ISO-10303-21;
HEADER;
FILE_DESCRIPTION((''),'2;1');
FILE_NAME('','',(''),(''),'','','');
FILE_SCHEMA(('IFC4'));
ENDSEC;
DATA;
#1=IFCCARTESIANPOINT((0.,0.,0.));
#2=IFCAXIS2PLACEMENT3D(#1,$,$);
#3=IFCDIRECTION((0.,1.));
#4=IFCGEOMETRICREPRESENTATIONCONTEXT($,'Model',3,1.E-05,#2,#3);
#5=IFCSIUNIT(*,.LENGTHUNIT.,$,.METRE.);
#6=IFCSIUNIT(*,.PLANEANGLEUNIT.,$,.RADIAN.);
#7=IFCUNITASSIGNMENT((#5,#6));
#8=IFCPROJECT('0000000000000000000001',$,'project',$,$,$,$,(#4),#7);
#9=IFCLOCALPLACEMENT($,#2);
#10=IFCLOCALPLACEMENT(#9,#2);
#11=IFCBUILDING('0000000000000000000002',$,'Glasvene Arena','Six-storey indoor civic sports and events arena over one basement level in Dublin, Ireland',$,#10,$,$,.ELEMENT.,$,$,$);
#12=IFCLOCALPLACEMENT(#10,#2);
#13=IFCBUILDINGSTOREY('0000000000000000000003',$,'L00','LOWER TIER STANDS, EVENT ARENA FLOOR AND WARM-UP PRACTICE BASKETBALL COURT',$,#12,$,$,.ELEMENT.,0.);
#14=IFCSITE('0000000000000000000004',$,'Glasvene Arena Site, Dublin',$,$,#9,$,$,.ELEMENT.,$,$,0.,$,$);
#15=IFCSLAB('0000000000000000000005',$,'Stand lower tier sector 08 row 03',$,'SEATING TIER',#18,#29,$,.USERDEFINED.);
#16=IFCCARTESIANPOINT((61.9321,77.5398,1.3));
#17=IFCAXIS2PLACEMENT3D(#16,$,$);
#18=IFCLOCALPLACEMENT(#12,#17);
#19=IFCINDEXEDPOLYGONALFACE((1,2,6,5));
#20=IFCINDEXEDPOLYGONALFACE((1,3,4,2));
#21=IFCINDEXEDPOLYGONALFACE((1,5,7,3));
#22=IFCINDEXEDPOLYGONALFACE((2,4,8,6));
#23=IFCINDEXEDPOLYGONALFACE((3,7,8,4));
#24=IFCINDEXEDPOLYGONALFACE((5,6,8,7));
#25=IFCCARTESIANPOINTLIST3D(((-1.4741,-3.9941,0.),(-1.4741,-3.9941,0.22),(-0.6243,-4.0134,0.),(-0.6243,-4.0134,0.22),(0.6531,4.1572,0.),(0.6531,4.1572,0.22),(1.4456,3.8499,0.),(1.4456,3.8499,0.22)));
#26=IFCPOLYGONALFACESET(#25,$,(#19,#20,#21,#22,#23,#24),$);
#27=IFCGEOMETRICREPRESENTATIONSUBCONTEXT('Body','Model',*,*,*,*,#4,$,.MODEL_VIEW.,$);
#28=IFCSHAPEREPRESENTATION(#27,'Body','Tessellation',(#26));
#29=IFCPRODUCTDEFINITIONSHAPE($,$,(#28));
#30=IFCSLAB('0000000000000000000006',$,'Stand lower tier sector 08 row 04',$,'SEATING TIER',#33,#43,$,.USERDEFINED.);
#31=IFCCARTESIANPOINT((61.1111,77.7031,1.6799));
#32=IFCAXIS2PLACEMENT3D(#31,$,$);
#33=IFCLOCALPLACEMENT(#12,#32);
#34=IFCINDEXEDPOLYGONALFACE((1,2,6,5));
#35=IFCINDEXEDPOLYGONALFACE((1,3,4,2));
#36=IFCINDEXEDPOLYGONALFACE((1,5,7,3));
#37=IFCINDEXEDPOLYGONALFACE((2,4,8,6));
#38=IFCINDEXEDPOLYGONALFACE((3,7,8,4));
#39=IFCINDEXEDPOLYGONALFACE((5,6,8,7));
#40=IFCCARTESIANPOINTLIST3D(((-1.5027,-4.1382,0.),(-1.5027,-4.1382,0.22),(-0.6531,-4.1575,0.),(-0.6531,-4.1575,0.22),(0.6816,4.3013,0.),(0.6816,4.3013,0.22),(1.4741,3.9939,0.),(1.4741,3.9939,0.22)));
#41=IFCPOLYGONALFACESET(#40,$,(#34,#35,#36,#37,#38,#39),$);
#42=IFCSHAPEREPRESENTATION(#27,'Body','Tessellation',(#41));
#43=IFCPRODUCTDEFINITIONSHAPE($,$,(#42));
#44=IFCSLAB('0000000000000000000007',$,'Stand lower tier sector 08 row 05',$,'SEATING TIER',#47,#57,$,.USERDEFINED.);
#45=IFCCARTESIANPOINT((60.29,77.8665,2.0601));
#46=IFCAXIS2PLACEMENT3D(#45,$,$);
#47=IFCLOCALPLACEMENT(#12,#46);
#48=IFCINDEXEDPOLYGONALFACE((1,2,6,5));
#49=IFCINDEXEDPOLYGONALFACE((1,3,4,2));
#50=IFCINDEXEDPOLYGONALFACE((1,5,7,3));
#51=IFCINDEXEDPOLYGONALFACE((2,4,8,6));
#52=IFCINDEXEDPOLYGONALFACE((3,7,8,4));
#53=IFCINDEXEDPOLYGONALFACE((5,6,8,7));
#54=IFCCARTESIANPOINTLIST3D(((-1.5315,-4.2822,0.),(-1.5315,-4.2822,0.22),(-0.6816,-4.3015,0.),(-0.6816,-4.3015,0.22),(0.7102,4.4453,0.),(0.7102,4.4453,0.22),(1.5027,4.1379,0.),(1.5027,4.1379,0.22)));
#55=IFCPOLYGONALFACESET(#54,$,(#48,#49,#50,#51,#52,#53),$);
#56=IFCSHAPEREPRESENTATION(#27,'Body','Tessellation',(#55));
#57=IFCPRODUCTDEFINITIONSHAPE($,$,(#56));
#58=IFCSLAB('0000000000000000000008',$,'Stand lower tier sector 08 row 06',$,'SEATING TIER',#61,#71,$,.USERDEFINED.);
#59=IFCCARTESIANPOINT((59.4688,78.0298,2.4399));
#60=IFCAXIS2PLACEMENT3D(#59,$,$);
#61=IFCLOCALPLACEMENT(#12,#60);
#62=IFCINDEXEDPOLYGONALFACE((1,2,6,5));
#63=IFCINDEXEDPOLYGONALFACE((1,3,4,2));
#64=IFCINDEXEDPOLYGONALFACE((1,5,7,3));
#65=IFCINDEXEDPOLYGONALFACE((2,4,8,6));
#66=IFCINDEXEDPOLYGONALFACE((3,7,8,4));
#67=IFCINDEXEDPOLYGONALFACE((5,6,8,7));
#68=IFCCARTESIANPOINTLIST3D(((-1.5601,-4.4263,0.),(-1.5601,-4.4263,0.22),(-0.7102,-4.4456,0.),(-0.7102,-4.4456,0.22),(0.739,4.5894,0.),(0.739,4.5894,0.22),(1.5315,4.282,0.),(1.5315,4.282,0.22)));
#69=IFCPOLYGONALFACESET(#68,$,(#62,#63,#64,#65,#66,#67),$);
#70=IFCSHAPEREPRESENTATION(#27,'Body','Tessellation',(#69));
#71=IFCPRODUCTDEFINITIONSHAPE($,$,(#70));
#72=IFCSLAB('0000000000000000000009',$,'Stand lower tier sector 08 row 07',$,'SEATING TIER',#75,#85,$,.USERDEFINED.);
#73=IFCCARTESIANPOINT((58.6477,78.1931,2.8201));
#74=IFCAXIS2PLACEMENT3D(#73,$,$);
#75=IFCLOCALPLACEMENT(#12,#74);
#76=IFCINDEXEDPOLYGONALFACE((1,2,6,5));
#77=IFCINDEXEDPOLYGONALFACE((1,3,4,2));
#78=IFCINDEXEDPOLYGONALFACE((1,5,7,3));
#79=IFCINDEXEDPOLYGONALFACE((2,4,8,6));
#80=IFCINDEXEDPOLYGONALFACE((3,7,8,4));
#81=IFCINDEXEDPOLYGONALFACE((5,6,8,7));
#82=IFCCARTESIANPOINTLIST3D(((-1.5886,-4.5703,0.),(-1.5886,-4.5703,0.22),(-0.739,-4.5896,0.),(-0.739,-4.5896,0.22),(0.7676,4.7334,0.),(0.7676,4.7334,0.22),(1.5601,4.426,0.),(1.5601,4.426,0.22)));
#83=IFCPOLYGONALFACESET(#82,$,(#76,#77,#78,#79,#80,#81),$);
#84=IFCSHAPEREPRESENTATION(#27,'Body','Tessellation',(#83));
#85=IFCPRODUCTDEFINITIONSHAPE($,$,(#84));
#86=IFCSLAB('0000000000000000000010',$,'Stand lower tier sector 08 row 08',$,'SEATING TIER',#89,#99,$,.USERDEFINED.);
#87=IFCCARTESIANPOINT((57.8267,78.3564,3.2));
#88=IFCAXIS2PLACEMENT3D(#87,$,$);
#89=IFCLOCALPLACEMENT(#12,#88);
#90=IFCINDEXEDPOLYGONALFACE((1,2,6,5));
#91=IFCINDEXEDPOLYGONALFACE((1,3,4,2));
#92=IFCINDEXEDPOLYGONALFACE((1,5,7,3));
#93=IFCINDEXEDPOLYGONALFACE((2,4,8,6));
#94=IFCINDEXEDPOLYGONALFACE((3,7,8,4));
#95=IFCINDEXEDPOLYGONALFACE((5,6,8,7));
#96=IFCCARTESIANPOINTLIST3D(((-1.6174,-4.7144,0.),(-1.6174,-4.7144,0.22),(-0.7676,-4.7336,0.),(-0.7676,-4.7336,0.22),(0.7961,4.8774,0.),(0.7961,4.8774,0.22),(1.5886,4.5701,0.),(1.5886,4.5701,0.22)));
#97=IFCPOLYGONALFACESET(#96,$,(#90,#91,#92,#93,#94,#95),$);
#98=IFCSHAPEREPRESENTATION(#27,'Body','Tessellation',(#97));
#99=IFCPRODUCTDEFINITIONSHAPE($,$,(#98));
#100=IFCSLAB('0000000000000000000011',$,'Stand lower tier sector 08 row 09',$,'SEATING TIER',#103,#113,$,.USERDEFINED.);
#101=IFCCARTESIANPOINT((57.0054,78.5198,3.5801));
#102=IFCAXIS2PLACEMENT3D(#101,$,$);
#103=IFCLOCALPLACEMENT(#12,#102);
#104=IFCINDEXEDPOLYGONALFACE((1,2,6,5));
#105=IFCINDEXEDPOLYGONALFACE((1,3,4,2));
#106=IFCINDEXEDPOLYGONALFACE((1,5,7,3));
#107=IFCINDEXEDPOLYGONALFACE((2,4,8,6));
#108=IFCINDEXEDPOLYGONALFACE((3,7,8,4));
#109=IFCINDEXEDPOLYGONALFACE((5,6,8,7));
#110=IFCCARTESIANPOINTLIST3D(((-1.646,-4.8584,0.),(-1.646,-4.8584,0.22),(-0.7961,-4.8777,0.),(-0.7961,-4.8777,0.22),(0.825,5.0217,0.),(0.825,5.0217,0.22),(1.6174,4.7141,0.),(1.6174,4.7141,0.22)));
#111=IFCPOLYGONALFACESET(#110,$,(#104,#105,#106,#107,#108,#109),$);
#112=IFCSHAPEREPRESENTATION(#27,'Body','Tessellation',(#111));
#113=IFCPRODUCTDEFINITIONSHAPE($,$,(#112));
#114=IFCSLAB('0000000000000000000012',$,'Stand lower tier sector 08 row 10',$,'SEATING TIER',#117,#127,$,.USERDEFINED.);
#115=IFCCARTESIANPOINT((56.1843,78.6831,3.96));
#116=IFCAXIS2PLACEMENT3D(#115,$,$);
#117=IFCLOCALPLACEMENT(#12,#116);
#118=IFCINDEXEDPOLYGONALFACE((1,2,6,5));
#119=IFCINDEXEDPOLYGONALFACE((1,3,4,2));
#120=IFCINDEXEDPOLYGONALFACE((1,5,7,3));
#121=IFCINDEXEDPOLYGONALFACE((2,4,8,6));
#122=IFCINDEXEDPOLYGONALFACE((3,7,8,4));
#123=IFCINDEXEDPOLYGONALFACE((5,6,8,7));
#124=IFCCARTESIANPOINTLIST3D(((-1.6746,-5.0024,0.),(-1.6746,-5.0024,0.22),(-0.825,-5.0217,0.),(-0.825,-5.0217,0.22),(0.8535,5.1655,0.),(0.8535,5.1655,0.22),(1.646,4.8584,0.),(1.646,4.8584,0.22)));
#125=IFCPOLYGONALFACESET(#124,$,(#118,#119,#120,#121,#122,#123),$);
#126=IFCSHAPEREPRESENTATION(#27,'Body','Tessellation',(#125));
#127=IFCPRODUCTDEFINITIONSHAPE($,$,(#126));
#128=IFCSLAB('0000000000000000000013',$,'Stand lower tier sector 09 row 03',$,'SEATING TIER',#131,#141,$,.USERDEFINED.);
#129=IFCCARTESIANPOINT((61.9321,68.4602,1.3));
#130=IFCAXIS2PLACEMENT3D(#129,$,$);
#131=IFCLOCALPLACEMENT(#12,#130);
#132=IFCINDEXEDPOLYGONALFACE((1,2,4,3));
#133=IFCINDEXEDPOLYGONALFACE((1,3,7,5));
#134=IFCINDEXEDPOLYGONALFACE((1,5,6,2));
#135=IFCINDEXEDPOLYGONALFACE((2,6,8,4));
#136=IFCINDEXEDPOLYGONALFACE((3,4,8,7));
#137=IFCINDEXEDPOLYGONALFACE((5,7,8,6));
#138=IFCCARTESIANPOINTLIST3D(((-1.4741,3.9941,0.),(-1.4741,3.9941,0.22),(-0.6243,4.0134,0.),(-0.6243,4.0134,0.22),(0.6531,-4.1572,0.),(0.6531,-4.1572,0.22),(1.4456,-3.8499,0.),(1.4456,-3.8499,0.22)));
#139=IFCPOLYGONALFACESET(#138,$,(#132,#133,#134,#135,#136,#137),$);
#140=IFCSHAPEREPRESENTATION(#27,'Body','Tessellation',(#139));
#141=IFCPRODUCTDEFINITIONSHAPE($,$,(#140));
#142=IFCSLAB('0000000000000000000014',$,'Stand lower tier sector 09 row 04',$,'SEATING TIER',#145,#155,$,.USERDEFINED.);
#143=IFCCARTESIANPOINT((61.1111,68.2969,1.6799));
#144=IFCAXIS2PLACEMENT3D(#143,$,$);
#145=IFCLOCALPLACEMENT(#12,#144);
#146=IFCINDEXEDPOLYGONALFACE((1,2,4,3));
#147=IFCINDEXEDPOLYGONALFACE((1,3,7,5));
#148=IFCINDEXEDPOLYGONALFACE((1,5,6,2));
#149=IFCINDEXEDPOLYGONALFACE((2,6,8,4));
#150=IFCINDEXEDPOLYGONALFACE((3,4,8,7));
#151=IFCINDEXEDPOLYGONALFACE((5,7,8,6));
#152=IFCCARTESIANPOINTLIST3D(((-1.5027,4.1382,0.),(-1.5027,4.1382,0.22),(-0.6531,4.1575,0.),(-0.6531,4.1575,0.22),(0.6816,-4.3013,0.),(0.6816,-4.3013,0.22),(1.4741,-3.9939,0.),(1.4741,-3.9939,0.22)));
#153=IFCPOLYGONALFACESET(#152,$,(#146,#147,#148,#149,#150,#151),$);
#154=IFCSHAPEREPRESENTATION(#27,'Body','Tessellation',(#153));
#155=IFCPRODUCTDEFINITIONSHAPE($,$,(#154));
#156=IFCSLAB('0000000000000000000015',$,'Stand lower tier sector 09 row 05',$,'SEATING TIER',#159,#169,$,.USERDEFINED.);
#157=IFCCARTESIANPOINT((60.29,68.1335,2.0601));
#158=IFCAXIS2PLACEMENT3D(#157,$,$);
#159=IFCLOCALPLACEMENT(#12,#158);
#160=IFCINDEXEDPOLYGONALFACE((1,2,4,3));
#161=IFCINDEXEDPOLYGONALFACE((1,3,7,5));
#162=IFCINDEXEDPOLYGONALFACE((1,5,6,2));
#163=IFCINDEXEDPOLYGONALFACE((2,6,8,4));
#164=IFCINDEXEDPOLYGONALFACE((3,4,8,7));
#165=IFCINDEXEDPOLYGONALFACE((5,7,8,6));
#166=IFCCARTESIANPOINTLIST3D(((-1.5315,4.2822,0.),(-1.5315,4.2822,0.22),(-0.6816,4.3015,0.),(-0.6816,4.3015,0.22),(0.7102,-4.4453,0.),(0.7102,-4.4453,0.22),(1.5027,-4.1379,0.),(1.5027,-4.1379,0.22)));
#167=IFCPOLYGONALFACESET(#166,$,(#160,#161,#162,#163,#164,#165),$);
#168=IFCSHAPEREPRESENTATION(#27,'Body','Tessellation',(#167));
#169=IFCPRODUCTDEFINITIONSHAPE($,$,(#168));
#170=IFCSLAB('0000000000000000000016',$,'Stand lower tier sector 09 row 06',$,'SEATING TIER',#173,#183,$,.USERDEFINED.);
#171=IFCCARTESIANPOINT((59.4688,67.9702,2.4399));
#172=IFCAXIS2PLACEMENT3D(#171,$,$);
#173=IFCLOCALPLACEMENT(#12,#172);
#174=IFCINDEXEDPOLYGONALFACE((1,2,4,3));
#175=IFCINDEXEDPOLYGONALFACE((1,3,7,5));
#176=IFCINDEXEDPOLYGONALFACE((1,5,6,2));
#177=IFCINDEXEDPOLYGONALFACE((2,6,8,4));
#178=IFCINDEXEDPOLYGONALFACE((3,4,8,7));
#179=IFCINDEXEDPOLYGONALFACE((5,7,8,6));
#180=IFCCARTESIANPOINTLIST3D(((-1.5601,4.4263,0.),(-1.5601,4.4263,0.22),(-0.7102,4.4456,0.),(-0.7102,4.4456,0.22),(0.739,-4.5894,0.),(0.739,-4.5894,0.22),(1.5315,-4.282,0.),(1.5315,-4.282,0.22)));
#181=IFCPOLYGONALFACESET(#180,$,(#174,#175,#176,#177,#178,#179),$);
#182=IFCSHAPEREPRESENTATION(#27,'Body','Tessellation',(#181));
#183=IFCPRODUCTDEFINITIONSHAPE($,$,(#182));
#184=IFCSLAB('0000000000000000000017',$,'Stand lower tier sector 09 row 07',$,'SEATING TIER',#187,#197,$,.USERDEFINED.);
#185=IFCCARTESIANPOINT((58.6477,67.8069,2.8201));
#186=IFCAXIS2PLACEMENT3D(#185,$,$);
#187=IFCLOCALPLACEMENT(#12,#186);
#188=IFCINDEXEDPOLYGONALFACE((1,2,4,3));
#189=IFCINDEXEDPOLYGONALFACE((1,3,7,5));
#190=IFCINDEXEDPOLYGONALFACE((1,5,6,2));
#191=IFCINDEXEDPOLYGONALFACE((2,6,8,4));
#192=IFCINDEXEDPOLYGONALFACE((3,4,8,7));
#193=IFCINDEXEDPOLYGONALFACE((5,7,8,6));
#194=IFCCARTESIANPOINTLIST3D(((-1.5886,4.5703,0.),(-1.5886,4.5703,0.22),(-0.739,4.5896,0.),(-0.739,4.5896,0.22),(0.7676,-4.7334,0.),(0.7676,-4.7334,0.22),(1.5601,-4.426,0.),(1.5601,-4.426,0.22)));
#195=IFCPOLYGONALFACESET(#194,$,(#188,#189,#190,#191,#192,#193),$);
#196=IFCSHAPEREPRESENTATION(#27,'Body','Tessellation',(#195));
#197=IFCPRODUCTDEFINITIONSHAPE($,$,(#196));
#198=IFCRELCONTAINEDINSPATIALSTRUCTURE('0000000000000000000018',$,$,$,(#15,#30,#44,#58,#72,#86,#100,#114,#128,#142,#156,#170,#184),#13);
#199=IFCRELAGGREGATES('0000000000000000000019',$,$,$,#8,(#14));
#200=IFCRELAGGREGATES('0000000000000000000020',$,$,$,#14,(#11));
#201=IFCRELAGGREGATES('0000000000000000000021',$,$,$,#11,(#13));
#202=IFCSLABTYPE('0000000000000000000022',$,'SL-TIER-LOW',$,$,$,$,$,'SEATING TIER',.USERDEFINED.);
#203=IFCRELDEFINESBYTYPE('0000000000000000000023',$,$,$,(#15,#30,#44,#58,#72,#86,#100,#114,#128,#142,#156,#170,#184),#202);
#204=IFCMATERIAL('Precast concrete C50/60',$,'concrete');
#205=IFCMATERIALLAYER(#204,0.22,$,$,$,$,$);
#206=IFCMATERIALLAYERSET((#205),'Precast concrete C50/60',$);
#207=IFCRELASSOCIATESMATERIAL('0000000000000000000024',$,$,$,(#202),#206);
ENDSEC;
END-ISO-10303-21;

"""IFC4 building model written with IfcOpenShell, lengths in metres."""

from ifc_helpers import new_model, si_unit, direction, frame, origin, place, context, subcontext, project, spatial, polyline, outline, extrude, material, layer, layer_set, type_object, element, save


model = new_model("IFC4")

# Units and contexts
model_context = context("Model", 3, precision=1e-05, world=origin(), true_north=direction((0.0, 1.0)))
body_context = subcontext(model_context, "Body", "Model", "MODEL_VIEW")
ifc_project = project(units=[si_unit("LENGTHUNIT", "METRE"), si_unit("PLANEANGLEUNIT", "RADIAN")], contexts=[model_context])

# Site, building, storey
site_placement = place(None, origin())
site = spatial("IfcSite", under=ifc_project, at=site_placement, Name="Glasvene Arena Site, Dublin", CompositionType="ELEMENT", RefElevation=0.0)
building_placement = place(site_placement, origin())
building = spatial("IfcBuilding", under=site, at=building_placement, Name="Glasvene Arena", Description="Six-storey indoor civic sports and events arena over one basement level in Dublin, Ireland", CompositionType="ELEMENT")
storey_placement = place(building_placement, origin())
storey = spatial("IfcBuildingStorey", under=building, at=storey_placement, Name="L00", Description="LOWER TIER STANDS, EVENT ARENA FLOOR AND WARM-UP PRACTICE BASKETBALL COURT", CompositionType="ELEMENT", Elevation=0.0)

# Shared definitions
ifc_material_1 = material(Name="Precast concrete C50/60", Category="concrete")

# Slabs
ifc_layer = layer(ifc_material_1, 0.22)
ifc_layer_set = layer_set([ifc_layer], Name="Precast concrete C50/60")
slab_type = type_object("IfcSlabType", Name="SL-TIER-LOW", ElementType="SEATING TIER", PredefinedType="USERDEFINED", material=ifc_layer_set)
slab_1_placement = place(storey_placement, frame((61.9321, 77.5398, 1.3)))
element("IfcSlab", 1, at=slab_1_placement, inside=storey, type_object=slab_type, Name="Stand lower tier sector 08 row 03", ObjectType="SEATING TIER", PredefinedType="USERDEFINED", context=body_context, shape_type="SweptSolid", body=[
    extrude(outline(polyline([(1.4456, 3.8499), (-0.6243, -4.0134), (-1.4741, -3.9941), (0.6531, 4.1572), (1.4456, 3.8499)])), origin(), (0.0, 0.0, 1.0), 0.22),
])
slab_2_placement = place(storey_placement, frame((61.1111, 77.7031, 1.6799)))
element("IfcSlab", 2, at=slab_2_placement, inside=storey, type_object=slab_type, Name="Stand lower tier sector 08 row 04", ObjectType="SEATING TIER", PredefinedType="USERDEFINED", context=body_context, shape_type="SweptSolid", body=[
    extrude(outline(polyline([(1.4741, 3.9939), (-0.6531, -4.1575), (-1.5027, -4.1382), (0.6816, 4.3013), (1.4741, 3.9939)])), origin(), (0.0, 0.0, 1.0), 0.22),
])
slab_3_placement = place(storey_placement, frame((60.29, 77.8665, 2.0601)))
element("IfcSlab", 3, at=slab_3_placement, inside=storey, type_object=slab_type, Name="Stand lower tier sector 08 row 05", ObjectType="SEATING TIER", PredefinedType="USERDEFINED", context=body_context, shape_type="SweptSolid", body=[
    extrude(outline(polyline([(1.5027, 4.1379), (-0.6816, -4.3015), (-1.5315, -4.2822), (0.7102, 4.4453), (1.5027, 4.1379)])), origin(), (0.0, 0.0, 1.0), 0.22),
])
slab_4_placement = place(storey_placement, frame((59.4688, 78.0298, 2.4399)))
element("IfcSlab", 4, at=slab_4_placement, inside=storey, type_object=slab_type, Name="Stand lower tier sector 08 row 06", ObjectType="SEATING TIER", PredefinedType="USERDEFINED", context=body_context, shape_type="SweptSolid", body=[
    extrude(outline(polyline([(1.5315, 4.282), (-0.7102, -4.4456), (-1.5601, -4.4263), (0.739, 4.5894), (1.5315, 4.282)])), origin(), (0.0, 0.0, 1.0), 0.22),
])
slab_5_placement = place(storey_placement, frame((58.6477, 78.1931, 2.8201)))
element("IfcSlab", 5, at=slab_5_placement, inside=storey, type_object=slab_type, Name="Stand lower tier sector 08 row 07", ObjectType="SEATING TIER", PredefinedType="USERDEFINED", context=body_context, shape_type="SweptSolid", body=[
    extrude(outline(polyline([(1.5601, 4.426), (-0.739, -4.5896), (-1.5886, -4.5703), (0.7676, 4.7334), (1.5601, 4.426)])), origin(), (0.0, 0.0, 1.0), 0.22),
])
slab_6_placement = place(storey_placement, frame((57.8267, 78.3564, 3.2)))
element("IfcSlab", 6, at=slab_6_placement, inside=storey, type_object=slab_type, Name="Stand lower tier sector 08 row 08", ObjectType="SEATING TIER", PredefinedType="USERDEFINED", context=body_context, shape_type="SweptSolid", body=[
    extrude(outline(polyline([(1.5886, 4.5701), (-0.7676, -4.7336), (-1.6174, -4.7144), (0.7961, 4.8774), (1.5886, 4.5701)])), origin(), (0.0, 0.0, 1.0), 0.22),
])
slab_7_placement = place(storey_placement, frame((57.0054, 78.5198, 3.5801)))
element("IfcSlab", 7, at=slab_7_placement, inside=storey, type_object=slab_type, Name="Stand lower tier sector 08 row 09", ObjectType="SEATING TIER", PredefinedType="USERDEFINED", context=body_context, shape_type="SweptSolid", body=[
    extrude(outline(polyline([(1.6174, 4.7141), (-0.7961, -4.8777), (-1.646, -4.8584), (0.825, 5.0217), (1.6174, 4.7141)])), origin(), (0.0, 0.0, 1.0), 0.22),
])
slab_8_placement = place(storey_placement, frame((56.1843, 78.6831, 3.96)))
element("IfcSlab", 8, at=slab_8_placement, inside=storey, type_object=slab_type, Name="Stand lower tier sector 08 row 10", ObjectType="SEATING TIER", PredefinedType="USERDEFINED", context=body_context, shape_type="SweptSolid", body=[
    extrude(outline(polyline([(1.646, 4.8584), (-0.825, -5.0217), (-1.6746, -5.0024), (0.8535, 5.1655), (1.646, 4.8584)])), origin(), (0.0, 0.0, 1.0), 0.22),
])
slab_9_placement = place(storey_placement, frame((61.9321, 68.4602, 1.3)))
element("IfcSlab", 9, at=slab_9_placement, inside=storey, type_object=slab_type, Name="Stand lower tier sector 09 row 03", ObjectType="SEATING TIER", PredefinedType="USERDEFINED", context=body_context, shape_type="SweptSolid", body=[
    extrude(outline(polyline([(-0.6243, 4.0134), (1.4456, -3.8499), (0.6531, -4.1572), (-1.4741, 3.9941), (-0.6243, 4.0134)])), origin(), (0.0, 0.0, 1.0), 0.22),
])
slab_10_placement = place(storey_placement, frame((61.1111, 68.2969, 1.6799)))
element("IfcSlab", 10, at=slab_10_placement, inside=storey, type_object=slab_type, Name="Stand lower tier sector 09 row 04", ObjectType="SEATING TIER", PredefinedType="USERDEFINED", context=body_context, shape_type="SweptSolid", body=[
    extrude(outline(polyline([(-0.6531, 4.1575), (1.4741, -3.9939), (0.6816, -4.3013), (-1.5027, 4.1382), (-0.6531, 4.1575)])), origin(), (0.0, 0.0, 1.0), 0.22),
])
slab_11_placement = place(storey_placement, frame((60.29, 68.1335, 2.0601)))
element("IfcSlab", 11, at=slab_11_placement, inside=storey, type_object=slab_type, Name="Stand lower tier sector 09 row 05", ObjectType="SEATING TIER", PredefinedType="USERDEFINED", context=body_context, shape_type="SweptSolid", body=[
    extrude(outline(polyline([(-0.6816, 4.3015), (1.5027, -4.1379), (0.7102, -4.4453), (-1.5315, 4.2822), (-0.6816, 4.3015)])), origin(), (0.0, 0.0, 1.0), 0.22),
])
slab_12_placement = place(storey_placement, frame((59.4688, 67.9702, 2.4399)))
element("IfcSlab", 12, at=slab_12_placement, inside=storey, type_object=slab_type, Name="Stand lower tier sector 09 row 06", ObjectType="SEATING TIER", PredefinedType="USERDEFINED", context=body_context, shape_type="SweptSolid", body=[
    extrude(outline(polyline([(-0.7102, 4.4456), (1.5315, -4.282), (0.739, -4.5894), (-1.5601, 4.4263), (-0.7102, 4.4456)])), origin(), (0.0, 0.0, 1.0), 0.22),
])
slab_13_placement = place(storey_placement, frame((58.6477, 67.8069, 2.8201)))
element("IfcSlab", 13, at=slab_13_placement, inside=storey, type_object=slab_type, Name="Stand lower tier sector 09 row 07", ObjectType="SEATING TIER", PredefinedType="USERDEFINED", context=body_context, shape_type="SweptSolid", body=[
    extrude(outline(polyline([(-0.739, 4.5896), (1.5601, -4.426), (0.7676, -4.7334), (-1.5886, 4.5703), (-0.739, 4.5896)])), origin(), (0.0, 0.0, 1.0), 0.22),
])

save(model, "model.ifc")
